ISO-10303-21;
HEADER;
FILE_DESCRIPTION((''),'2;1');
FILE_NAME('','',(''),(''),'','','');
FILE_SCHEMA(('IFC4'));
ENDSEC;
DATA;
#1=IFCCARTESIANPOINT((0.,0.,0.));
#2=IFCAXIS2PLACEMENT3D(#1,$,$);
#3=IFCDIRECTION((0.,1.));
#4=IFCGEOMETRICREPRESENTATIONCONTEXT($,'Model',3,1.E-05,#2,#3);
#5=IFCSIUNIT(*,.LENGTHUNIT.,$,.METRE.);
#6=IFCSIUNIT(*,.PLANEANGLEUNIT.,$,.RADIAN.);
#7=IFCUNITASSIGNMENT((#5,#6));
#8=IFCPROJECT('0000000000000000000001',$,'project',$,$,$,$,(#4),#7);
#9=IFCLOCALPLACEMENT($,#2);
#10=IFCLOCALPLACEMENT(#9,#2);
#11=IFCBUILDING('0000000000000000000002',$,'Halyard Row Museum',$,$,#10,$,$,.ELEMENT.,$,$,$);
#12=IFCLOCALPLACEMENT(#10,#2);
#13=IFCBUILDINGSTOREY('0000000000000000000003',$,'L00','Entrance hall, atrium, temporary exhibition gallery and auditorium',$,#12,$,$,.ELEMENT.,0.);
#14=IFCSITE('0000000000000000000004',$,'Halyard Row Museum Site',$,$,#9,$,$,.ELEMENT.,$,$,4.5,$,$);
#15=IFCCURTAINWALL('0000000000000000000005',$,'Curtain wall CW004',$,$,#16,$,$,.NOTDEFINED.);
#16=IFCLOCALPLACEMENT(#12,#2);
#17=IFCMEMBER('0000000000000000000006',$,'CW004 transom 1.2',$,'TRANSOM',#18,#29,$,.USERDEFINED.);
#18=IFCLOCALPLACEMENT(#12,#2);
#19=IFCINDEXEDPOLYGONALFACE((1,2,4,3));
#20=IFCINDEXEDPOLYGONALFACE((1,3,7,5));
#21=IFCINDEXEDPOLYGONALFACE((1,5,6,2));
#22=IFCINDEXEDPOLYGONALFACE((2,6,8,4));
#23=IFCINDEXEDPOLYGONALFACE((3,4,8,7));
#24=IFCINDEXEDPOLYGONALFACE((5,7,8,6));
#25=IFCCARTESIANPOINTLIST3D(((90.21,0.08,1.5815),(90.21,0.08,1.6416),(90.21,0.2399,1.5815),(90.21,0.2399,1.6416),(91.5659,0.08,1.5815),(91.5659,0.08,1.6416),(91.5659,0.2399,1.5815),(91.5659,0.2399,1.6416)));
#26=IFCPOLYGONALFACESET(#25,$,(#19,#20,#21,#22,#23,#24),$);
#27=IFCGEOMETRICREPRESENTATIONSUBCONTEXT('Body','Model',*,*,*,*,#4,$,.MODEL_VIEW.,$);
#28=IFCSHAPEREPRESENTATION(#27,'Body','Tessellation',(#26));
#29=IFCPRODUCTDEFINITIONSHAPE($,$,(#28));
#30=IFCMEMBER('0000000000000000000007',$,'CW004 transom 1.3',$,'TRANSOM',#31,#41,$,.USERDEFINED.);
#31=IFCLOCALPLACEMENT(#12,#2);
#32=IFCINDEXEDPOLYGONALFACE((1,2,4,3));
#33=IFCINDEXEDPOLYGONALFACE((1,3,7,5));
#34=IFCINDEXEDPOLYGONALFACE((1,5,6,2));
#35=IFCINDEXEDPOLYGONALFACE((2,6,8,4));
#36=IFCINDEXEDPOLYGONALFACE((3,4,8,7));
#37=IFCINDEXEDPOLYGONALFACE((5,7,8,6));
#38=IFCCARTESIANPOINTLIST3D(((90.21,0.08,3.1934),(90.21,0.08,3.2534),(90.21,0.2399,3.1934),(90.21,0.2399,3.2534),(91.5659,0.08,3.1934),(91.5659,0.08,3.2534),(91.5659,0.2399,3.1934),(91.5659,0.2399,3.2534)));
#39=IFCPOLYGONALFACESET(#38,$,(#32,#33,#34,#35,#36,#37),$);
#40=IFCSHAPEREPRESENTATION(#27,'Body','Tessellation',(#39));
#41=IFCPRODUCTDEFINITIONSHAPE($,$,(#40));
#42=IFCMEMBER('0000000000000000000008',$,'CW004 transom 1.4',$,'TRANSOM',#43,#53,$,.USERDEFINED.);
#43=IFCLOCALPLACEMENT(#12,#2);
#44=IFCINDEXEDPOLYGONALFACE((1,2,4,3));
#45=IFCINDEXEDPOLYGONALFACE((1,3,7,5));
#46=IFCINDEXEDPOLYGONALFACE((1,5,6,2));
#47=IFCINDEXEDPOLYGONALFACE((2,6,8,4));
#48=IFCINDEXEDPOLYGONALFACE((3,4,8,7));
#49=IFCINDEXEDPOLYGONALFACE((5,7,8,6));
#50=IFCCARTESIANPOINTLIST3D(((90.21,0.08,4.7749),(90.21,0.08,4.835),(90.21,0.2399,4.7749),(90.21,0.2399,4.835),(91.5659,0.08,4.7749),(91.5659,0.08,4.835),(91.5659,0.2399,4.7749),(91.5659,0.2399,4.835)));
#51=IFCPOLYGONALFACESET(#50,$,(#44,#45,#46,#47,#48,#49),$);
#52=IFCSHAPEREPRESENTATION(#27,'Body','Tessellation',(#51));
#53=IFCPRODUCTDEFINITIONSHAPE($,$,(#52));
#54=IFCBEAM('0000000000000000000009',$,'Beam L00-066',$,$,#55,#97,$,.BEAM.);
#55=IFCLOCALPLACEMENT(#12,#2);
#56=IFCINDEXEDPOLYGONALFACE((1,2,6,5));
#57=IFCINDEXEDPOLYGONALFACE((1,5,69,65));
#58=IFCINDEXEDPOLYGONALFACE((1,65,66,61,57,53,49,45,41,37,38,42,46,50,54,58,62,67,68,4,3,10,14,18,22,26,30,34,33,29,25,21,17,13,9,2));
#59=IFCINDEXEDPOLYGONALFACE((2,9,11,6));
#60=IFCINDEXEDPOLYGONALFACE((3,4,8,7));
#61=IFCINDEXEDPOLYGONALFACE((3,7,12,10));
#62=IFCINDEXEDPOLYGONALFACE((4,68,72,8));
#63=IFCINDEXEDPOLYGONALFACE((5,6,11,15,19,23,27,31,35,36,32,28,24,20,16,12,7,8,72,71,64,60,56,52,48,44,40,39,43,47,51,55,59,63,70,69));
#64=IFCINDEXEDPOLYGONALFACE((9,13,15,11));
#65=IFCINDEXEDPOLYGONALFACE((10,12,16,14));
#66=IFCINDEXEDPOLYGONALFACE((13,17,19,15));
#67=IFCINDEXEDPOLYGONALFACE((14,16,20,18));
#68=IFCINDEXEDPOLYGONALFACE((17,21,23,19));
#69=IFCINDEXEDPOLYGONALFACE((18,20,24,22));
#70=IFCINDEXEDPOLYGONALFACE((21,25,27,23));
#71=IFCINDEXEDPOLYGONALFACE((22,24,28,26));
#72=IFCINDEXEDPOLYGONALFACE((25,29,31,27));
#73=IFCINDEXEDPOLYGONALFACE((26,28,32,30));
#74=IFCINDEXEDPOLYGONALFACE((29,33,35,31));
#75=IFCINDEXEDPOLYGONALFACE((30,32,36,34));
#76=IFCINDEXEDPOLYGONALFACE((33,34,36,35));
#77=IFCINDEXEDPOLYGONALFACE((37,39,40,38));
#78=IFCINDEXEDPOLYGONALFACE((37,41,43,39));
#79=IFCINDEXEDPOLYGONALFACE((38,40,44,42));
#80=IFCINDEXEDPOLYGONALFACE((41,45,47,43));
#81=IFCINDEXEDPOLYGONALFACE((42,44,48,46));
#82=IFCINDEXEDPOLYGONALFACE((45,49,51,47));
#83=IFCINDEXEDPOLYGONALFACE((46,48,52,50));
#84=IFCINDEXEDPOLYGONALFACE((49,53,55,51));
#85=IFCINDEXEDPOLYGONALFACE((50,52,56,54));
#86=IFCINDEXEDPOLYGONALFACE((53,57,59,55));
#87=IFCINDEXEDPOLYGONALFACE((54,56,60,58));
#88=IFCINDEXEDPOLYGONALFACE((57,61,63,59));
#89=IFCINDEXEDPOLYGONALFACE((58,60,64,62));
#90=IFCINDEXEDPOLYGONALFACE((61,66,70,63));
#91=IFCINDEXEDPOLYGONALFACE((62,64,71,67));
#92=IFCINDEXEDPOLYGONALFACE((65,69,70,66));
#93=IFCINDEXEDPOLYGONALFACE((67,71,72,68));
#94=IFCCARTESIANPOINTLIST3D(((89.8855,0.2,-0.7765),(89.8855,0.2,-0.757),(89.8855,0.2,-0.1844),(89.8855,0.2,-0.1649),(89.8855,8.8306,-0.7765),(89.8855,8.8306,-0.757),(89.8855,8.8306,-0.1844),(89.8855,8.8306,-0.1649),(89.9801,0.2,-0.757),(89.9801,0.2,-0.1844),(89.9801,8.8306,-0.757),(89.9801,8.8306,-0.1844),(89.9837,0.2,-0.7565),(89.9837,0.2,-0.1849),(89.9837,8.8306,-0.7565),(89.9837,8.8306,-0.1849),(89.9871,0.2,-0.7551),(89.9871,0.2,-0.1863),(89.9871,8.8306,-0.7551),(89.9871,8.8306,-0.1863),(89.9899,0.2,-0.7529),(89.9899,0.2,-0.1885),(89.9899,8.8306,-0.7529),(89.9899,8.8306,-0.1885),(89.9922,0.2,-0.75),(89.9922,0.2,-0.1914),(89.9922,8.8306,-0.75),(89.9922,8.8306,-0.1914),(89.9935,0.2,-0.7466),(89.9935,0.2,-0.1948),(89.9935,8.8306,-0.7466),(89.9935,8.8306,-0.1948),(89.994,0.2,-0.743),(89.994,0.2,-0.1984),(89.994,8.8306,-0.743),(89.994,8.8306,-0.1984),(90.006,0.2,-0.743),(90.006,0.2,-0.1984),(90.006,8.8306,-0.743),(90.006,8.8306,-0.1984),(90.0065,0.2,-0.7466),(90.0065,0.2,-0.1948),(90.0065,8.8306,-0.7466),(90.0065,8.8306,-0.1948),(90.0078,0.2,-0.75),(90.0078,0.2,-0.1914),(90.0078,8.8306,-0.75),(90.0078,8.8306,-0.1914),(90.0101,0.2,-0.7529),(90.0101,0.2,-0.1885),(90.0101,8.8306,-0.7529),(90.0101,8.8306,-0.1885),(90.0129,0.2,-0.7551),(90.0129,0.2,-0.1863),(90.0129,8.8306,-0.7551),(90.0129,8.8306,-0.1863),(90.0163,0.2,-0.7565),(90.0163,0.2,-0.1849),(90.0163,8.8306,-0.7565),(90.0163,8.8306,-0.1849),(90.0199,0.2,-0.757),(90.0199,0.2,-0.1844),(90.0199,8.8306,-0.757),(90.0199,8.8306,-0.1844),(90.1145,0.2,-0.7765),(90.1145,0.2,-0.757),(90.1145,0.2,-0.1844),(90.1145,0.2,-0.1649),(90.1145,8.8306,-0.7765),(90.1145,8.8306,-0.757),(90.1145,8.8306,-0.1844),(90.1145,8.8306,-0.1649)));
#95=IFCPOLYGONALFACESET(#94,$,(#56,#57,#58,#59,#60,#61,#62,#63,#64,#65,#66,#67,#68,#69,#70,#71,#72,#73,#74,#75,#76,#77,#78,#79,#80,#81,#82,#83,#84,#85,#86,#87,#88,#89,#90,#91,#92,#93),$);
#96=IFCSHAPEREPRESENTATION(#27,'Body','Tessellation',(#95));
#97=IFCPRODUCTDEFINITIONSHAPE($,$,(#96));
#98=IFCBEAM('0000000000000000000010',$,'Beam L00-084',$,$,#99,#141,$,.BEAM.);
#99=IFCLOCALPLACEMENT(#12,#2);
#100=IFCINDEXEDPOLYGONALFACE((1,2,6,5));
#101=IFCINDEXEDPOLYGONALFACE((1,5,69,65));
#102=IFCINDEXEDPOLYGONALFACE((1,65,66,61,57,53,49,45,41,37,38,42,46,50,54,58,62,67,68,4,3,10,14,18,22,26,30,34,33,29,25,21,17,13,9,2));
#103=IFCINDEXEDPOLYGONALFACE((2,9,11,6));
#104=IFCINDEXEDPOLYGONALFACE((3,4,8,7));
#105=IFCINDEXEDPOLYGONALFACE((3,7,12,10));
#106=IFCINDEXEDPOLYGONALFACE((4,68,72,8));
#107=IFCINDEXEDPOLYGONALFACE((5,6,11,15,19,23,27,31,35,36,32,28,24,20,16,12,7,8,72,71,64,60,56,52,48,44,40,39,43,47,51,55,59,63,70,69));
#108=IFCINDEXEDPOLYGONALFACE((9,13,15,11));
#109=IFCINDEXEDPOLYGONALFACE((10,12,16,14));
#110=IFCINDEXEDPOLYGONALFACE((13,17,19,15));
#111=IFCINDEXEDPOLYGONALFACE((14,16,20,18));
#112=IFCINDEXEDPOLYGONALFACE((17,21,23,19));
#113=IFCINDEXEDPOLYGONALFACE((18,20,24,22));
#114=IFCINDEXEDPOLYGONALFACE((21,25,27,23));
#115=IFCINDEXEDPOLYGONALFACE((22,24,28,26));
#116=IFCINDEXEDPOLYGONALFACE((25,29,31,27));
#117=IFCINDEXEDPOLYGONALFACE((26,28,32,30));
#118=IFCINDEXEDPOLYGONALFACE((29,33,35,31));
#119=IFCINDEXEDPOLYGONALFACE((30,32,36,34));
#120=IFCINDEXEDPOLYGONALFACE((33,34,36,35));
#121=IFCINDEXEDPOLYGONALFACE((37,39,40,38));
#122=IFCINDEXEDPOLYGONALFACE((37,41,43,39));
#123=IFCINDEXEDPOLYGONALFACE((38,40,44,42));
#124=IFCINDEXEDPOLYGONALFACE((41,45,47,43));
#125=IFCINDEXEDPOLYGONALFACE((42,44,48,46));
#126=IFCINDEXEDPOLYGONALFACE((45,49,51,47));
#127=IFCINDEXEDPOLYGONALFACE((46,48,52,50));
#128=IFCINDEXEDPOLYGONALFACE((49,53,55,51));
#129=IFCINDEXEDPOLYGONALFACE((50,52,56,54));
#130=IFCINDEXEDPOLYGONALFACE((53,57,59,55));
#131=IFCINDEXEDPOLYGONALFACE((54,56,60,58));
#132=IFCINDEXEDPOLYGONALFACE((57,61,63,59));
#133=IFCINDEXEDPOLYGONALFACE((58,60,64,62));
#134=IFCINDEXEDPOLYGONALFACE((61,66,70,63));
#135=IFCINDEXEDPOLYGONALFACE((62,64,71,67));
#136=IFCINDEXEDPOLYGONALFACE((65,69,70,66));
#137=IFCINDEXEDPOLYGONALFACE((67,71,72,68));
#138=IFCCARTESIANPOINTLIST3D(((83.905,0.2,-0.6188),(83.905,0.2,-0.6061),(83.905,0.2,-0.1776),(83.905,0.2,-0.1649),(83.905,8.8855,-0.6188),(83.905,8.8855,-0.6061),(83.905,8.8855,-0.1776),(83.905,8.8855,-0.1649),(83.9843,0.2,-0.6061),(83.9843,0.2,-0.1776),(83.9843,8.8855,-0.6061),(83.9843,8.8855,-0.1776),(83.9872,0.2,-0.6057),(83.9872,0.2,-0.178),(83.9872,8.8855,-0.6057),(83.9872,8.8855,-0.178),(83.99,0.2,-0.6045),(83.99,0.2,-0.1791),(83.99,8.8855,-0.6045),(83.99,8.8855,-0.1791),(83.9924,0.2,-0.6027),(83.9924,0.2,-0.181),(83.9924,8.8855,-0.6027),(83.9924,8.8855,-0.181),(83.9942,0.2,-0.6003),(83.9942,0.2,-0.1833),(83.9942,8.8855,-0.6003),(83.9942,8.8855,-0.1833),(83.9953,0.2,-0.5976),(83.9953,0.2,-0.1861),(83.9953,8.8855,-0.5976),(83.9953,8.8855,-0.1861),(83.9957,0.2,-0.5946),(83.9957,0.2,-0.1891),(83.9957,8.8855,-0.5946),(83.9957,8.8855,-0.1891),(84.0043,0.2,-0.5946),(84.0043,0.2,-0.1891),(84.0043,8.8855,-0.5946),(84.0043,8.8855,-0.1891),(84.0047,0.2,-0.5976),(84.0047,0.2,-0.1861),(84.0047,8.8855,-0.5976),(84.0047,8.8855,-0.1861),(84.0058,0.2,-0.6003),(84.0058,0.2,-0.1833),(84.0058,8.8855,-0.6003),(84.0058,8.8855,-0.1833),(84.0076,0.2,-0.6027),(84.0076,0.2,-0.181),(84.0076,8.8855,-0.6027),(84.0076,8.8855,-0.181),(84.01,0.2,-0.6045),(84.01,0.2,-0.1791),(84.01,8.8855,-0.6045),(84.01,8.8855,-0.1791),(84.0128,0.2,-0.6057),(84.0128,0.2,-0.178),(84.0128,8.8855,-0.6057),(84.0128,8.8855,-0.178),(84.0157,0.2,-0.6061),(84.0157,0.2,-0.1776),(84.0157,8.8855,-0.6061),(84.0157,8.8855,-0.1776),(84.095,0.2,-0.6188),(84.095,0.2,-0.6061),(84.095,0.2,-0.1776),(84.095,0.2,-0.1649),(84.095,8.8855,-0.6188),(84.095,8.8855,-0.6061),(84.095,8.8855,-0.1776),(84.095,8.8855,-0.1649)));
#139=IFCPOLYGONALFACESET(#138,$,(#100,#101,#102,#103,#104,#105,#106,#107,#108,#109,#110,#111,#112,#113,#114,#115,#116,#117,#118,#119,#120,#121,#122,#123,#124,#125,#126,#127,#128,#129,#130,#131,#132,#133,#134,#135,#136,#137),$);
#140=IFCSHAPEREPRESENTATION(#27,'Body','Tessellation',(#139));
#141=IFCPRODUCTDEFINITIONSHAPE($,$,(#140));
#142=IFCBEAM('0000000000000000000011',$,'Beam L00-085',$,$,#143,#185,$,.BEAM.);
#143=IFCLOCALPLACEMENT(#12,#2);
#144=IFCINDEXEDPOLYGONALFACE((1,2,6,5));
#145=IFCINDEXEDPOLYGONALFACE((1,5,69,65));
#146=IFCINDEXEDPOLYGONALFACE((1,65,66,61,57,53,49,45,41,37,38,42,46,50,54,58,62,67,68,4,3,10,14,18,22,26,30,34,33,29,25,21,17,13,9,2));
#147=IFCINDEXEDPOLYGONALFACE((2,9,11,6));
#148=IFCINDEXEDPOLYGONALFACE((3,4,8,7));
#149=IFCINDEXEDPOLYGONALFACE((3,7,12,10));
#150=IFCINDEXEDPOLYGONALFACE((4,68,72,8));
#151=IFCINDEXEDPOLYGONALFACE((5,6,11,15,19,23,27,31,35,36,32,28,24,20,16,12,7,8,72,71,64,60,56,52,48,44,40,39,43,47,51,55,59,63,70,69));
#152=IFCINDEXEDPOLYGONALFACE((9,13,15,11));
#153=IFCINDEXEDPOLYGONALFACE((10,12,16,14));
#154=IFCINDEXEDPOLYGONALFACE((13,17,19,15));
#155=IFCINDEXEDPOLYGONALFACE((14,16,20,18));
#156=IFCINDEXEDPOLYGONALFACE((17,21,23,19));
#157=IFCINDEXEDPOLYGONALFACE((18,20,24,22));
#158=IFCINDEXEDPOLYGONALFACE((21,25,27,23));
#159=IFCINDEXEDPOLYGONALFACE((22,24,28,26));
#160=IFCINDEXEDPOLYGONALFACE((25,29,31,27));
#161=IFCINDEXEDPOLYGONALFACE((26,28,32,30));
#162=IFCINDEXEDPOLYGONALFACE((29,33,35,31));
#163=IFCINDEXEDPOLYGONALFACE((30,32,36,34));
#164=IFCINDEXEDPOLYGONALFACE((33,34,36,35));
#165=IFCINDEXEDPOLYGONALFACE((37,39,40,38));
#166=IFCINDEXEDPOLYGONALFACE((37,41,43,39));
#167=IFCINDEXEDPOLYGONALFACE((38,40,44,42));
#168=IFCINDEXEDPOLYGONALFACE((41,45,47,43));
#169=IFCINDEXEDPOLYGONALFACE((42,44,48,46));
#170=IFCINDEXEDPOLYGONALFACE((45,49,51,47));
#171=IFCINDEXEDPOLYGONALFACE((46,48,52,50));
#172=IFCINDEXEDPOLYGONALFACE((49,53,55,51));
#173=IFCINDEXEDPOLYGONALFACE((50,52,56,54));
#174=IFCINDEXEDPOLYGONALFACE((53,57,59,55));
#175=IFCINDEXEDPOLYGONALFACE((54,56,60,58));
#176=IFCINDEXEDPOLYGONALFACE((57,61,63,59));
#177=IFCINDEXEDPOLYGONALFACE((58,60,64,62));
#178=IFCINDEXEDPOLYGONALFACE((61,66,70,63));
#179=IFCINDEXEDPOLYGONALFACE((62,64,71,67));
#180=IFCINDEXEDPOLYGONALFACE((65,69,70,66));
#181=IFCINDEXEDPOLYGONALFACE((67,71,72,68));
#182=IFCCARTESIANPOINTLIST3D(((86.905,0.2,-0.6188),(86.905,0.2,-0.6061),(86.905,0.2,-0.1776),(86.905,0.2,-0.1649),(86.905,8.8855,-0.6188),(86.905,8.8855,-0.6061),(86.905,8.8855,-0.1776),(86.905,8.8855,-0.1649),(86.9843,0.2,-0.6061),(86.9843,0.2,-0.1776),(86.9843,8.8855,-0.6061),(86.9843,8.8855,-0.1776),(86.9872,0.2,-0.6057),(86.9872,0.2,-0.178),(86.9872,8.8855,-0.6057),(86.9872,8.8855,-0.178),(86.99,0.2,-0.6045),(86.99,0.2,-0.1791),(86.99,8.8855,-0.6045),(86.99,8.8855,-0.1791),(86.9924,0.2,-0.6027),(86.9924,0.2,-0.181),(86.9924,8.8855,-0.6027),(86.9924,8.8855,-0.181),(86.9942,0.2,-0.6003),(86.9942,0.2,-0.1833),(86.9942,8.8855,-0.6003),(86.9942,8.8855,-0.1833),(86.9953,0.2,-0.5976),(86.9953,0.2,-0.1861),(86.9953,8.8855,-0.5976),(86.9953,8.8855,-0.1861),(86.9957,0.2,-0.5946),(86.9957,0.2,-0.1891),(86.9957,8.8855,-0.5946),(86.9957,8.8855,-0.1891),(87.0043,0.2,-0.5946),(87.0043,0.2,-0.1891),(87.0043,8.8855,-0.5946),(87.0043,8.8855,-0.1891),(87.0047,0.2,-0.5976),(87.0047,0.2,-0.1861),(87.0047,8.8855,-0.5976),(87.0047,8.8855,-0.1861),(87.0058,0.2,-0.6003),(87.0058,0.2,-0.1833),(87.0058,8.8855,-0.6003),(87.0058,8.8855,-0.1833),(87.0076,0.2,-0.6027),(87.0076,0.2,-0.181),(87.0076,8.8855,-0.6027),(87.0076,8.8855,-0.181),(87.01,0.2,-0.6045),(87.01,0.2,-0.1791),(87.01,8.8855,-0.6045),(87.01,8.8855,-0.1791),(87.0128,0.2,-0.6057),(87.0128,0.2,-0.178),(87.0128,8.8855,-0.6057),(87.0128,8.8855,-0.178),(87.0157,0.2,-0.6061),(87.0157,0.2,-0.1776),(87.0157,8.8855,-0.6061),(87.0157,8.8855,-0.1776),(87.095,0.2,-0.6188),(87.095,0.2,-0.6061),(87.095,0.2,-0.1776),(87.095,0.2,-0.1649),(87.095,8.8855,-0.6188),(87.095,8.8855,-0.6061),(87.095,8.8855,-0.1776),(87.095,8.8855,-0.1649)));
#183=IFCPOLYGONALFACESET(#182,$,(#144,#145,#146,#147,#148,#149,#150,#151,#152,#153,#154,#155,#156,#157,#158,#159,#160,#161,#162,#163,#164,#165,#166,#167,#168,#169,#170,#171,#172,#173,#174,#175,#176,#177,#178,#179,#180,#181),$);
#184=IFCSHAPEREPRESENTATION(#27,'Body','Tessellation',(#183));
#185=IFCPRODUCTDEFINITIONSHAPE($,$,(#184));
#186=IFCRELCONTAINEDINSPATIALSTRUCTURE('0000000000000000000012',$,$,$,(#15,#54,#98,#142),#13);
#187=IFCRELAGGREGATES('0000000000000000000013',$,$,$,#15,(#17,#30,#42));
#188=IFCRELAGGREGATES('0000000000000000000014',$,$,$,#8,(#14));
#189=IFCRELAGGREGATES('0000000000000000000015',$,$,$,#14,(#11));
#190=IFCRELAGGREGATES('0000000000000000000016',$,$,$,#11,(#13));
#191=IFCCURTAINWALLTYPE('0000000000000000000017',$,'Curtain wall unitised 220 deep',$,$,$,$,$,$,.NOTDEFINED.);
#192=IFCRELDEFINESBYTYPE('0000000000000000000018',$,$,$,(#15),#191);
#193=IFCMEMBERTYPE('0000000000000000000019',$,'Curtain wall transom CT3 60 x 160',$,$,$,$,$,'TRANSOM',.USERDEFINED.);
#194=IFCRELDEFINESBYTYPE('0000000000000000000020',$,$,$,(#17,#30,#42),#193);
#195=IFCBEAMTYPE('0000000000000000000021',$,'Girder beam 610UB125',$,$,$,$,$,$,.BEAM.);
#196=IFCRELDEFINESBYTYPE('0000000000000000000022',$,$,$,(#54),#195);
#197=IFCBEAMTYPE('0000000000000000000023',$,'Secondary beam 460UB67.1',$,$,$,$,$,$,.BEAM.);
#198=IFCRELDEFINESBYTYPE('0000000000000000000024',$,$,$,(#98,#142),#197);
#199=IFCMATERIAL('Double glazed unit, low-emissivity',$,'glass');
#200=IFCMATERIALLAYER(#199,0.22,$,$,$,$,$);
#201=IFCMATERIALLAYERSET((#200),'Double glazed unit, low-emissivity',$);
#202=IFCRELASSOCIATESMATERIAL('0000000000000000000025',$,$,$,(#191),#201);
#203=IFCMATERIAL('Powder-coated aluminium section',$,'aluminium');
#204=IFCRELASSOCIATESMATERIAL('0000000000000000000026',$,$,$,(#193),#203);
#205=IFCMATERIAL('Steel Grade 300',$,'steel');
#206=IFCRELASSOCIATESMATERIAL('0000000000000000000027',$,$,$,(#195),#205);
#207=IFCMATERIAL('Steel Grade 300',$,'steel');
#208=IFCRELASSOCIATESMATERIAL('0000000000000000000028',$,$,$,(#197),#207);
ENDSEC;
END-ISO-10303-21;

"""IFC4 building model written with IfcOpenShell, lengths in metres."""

from ifc_helpers import new_model, si_unit, direction, frame, origin, origin_2d, place, context, subcontext, project, spatial, rectangle, i_section, extrude, material, layer, layer_set, material_profile, profile_set, type_object, element, aggregate, save


model = new_model("IFC4")

# Units and contexts
model_context = context("Model", 3, precision=1e-05, world=origin(), true_north=direction((0.0, 1.0)))
body_context = subcontext(model_context, "Body", "Model", "MODEL_VIEW")
ifc_project = project(units=[si_unit("LENGTHUNIT", "METRE"), si_unit("PLANEANGLEUNIT", "RADIAN")], contexts=[model_context])

# Site, building, storey
site_placement = place(None, origin())
site = spatial("IfcSite", under=ifc_project, at=site_placement, Name="Halyard Row Museum Site", CompositionType="ELEMENT", RefElevation=4.5)
building_placement = place(site_placement, origin())
building = spatial("IfcBuilding", under=site, at=building_placement, Name="Halyard Row Museum", CompositionType="ELEMENT")
storey_placement = place(building_placement, origin())
storey = spatial("IfcBuildingStorey", under=building, at=storey_placement, Name="L00", Description="Entrance hall, atrium, temporary exhibition gallery and auditorium", CompositionType="ELEMENT", Elevation=0.0)

# Shared definitions
ifc_material_1 = material(Name="Double glazed unit, low-emissivity", Category="glass")
ifc_layer_1 = layer(ifc_material_1, 0.22)
ifc_layer_set_1 = layer_set([ifc_layer_1], Name="Double glazed unit, low-emissivity")
curtain_wall_type = type_object("IfcCurtainWallType", Name="Curtain wall unitised 220 deep", PredefinedType="NOTDEFINED", material=ifc_layer_set_1)

# Curtain wall
curtain_wall_1_placement = place(storey_placement, origin())
curtain_wall_1 = element("IfcCurtainWall", 1, at=curtain_wall_1_placement, inside=storey, type_object=curtain_wall_type, Name="Curtain wall CW004", PredefinedType="NOTDEFINED")

# Members
ifc_material_2 = material(Name="Powder-coated aluminium section", Category="aluminium")
ifc_material_profile_1 = material_profile(ifc_material_2, rectangle(XDim=0.1599, YDim=0.0601, at=origin_2d()), Name="160x60 transom")
ifc_profile_set_1 = profile_set([ifc_material_profile_1], Name="Powder-coated aluminium section")
member_type_1 = type_object("IfcMemberType", Name="Curtain wall transom CT3 60 x 160", ElementType="TRANSOM", PredefinedType="USERDEFINED", material=ifc_profile_set_1)
member_1_placement = place(storey_placement, frame((90.21, 0.1599, 1.6116), z_axis=(1.0, 0.0, 0.0), x_axis=(0.0, 1.0, 0.0)))
member_1 = element("IfcMember", 2, at=member_1_placement, type_object=member_type_1, Name="CW004 transom 1.2", ObjectType="TRANSOM", PredefinedType="USERDEFINED", context=body_context, shape_type="SweptSolid", body=[
    extrude(rectangle(XDim=0.1599, YDim=0.0601, at=origin_2d()), origin(), (0.0, 0.0, 1.0), 1.356),
])
member_2_placement = place(storey_placement, frame((90.21, 0.1599, 3.2234), z_axis=(1.0, 0.0, 0.0), x_axis=(0.0, 1.0, 0.0)))
member_2 = element("IfcMember", 3, at=member_2_placement, type_object=member_type_1, Name="CW004 transom 1.3", ObjectType="TRANSOM", PredefinedType="USERDEFINED", context=body_context, shape_type="SweptSolid", body=[
    extrude(rectangle(XDim=0.1599, YDim=0.0601, at=origin_2d()), origin(), (0.0, 0.0, 1.0), 1.356),
])
member_3_placement = place(storey_placement, frame((90.21, 0.1599, 4.8049), z_axis=(1.0, 0.0, 0.0), x_axis=(0.0, 1.0, 0.0)))
member_3 = element("IfcMember", 4, at=member_3_placement, type_object=member_type_1, Name="CW004 transom 1.4", ObjectType="TRANSOM", PredefinedType="USERDEFINED", context=body_context, shape_type="SweptSolid", body=[
    extrude(rectangle(XDim=0.1599, YDim=0.0601, at=origin_2d()), origin(), (0.0, 0.0, 1.0), 1.356),
])

# Beams
ifc_material_3 = material(Name="Steel Grade 300", Category="steel")
ifc_material_profile_2 = material_profile(ifc_material_3, i_section(OverallWidth=0.229, OverallDepth=0.6116, WebThickness=0.012, FlangeThickness=0.0195, FilletRadius=0.0139, at=origin_2d()), Name="610UB125")
ifc_profile_set_2 = profile_set([ifc_material_profile_2], Name="Steel Grade 300")
beam_type_1 = type_object("IfcBeamType", Name="Girder beam 610UB125", PredefinedType="BEAM", material=ifc_profile_set_2)
beam_placement = place(storey_placement, frame((90.0, 0.2, -0.4707), z_axis=(0.0, 1.0, 0.0), x_axis=(-1.0, 0.0, 0.0)))
element("IfcBeam", 5, at=beam_placement, inside=storey, type_object=beam_type_1, Name="Beam L00-066", PredefinedType="BEAM", context=body_context, shape_type="SweptSolid", body=[
    extrude(i_section(OverallWidth=0.229, OverallDepth=0.6116, WebThickness=0.012, FlangeThickness=0.0195, FilletRadius=0.0139, at=origin_2d()), origin(), (0.0, 0.0, 1.0), 8.6306),
])
ifc_material_4 = material(Name="Steel Grade 300", Category="steel")
ifc_material_profile_3 = material_profile(ifc_material_4, i_section(OverallWidth=0.1899, OverallDepth=0.4539, WebThickness=0.0085, FlangeThickness=0.0127, FilletRadius=0.0115, at=origin_2d()), Name="460UB67.1")
ifc_profile_set_3 = profile_set([ifc_material_profile_3], Name="Steel Grade 300")
beam_type_2 = type_object("IfcBeamType", Name="Secondary beam 460UB67.1", PredefinedType="BEAM", material=ifc_profile_set_3)
for number, where, z_axis, x_axis, name in (
    (6, (84.0, 0.2, -0.3918), (0.0, 1.0, 0.0), (-1.0, 0.0, 0.0), "Beam L00-084"),
    (7, (87.0, 0.2, -0.3918), (0.0, 1.0, 0.0), (-1.0, 0.0, 0.0), "Beam L00-085"),
):
    element("IfcBeam", number, at=place(storey_placement, frame(where, z_axis=z_axis, x_axis=x_axis)), inside=storey, type_object=beam_type_2, Name=name, PredefinedType="BEAM", context=body_context, shape_type="SweptSolid", body=[
        extrude(i_section(OverallWidth=0.1899, OverallDepth=0.4539, WebThickness=0.0085, FlangeThickness=0.0127, FilletRadius=0.0115, at=origin_2d()), origin(), (0.0, 0.0, 1.0), 8.6855),
    ])

aggregate(curtain_wall_1, [member_1, member_2, member_3])

save(model, "model.ifc")
